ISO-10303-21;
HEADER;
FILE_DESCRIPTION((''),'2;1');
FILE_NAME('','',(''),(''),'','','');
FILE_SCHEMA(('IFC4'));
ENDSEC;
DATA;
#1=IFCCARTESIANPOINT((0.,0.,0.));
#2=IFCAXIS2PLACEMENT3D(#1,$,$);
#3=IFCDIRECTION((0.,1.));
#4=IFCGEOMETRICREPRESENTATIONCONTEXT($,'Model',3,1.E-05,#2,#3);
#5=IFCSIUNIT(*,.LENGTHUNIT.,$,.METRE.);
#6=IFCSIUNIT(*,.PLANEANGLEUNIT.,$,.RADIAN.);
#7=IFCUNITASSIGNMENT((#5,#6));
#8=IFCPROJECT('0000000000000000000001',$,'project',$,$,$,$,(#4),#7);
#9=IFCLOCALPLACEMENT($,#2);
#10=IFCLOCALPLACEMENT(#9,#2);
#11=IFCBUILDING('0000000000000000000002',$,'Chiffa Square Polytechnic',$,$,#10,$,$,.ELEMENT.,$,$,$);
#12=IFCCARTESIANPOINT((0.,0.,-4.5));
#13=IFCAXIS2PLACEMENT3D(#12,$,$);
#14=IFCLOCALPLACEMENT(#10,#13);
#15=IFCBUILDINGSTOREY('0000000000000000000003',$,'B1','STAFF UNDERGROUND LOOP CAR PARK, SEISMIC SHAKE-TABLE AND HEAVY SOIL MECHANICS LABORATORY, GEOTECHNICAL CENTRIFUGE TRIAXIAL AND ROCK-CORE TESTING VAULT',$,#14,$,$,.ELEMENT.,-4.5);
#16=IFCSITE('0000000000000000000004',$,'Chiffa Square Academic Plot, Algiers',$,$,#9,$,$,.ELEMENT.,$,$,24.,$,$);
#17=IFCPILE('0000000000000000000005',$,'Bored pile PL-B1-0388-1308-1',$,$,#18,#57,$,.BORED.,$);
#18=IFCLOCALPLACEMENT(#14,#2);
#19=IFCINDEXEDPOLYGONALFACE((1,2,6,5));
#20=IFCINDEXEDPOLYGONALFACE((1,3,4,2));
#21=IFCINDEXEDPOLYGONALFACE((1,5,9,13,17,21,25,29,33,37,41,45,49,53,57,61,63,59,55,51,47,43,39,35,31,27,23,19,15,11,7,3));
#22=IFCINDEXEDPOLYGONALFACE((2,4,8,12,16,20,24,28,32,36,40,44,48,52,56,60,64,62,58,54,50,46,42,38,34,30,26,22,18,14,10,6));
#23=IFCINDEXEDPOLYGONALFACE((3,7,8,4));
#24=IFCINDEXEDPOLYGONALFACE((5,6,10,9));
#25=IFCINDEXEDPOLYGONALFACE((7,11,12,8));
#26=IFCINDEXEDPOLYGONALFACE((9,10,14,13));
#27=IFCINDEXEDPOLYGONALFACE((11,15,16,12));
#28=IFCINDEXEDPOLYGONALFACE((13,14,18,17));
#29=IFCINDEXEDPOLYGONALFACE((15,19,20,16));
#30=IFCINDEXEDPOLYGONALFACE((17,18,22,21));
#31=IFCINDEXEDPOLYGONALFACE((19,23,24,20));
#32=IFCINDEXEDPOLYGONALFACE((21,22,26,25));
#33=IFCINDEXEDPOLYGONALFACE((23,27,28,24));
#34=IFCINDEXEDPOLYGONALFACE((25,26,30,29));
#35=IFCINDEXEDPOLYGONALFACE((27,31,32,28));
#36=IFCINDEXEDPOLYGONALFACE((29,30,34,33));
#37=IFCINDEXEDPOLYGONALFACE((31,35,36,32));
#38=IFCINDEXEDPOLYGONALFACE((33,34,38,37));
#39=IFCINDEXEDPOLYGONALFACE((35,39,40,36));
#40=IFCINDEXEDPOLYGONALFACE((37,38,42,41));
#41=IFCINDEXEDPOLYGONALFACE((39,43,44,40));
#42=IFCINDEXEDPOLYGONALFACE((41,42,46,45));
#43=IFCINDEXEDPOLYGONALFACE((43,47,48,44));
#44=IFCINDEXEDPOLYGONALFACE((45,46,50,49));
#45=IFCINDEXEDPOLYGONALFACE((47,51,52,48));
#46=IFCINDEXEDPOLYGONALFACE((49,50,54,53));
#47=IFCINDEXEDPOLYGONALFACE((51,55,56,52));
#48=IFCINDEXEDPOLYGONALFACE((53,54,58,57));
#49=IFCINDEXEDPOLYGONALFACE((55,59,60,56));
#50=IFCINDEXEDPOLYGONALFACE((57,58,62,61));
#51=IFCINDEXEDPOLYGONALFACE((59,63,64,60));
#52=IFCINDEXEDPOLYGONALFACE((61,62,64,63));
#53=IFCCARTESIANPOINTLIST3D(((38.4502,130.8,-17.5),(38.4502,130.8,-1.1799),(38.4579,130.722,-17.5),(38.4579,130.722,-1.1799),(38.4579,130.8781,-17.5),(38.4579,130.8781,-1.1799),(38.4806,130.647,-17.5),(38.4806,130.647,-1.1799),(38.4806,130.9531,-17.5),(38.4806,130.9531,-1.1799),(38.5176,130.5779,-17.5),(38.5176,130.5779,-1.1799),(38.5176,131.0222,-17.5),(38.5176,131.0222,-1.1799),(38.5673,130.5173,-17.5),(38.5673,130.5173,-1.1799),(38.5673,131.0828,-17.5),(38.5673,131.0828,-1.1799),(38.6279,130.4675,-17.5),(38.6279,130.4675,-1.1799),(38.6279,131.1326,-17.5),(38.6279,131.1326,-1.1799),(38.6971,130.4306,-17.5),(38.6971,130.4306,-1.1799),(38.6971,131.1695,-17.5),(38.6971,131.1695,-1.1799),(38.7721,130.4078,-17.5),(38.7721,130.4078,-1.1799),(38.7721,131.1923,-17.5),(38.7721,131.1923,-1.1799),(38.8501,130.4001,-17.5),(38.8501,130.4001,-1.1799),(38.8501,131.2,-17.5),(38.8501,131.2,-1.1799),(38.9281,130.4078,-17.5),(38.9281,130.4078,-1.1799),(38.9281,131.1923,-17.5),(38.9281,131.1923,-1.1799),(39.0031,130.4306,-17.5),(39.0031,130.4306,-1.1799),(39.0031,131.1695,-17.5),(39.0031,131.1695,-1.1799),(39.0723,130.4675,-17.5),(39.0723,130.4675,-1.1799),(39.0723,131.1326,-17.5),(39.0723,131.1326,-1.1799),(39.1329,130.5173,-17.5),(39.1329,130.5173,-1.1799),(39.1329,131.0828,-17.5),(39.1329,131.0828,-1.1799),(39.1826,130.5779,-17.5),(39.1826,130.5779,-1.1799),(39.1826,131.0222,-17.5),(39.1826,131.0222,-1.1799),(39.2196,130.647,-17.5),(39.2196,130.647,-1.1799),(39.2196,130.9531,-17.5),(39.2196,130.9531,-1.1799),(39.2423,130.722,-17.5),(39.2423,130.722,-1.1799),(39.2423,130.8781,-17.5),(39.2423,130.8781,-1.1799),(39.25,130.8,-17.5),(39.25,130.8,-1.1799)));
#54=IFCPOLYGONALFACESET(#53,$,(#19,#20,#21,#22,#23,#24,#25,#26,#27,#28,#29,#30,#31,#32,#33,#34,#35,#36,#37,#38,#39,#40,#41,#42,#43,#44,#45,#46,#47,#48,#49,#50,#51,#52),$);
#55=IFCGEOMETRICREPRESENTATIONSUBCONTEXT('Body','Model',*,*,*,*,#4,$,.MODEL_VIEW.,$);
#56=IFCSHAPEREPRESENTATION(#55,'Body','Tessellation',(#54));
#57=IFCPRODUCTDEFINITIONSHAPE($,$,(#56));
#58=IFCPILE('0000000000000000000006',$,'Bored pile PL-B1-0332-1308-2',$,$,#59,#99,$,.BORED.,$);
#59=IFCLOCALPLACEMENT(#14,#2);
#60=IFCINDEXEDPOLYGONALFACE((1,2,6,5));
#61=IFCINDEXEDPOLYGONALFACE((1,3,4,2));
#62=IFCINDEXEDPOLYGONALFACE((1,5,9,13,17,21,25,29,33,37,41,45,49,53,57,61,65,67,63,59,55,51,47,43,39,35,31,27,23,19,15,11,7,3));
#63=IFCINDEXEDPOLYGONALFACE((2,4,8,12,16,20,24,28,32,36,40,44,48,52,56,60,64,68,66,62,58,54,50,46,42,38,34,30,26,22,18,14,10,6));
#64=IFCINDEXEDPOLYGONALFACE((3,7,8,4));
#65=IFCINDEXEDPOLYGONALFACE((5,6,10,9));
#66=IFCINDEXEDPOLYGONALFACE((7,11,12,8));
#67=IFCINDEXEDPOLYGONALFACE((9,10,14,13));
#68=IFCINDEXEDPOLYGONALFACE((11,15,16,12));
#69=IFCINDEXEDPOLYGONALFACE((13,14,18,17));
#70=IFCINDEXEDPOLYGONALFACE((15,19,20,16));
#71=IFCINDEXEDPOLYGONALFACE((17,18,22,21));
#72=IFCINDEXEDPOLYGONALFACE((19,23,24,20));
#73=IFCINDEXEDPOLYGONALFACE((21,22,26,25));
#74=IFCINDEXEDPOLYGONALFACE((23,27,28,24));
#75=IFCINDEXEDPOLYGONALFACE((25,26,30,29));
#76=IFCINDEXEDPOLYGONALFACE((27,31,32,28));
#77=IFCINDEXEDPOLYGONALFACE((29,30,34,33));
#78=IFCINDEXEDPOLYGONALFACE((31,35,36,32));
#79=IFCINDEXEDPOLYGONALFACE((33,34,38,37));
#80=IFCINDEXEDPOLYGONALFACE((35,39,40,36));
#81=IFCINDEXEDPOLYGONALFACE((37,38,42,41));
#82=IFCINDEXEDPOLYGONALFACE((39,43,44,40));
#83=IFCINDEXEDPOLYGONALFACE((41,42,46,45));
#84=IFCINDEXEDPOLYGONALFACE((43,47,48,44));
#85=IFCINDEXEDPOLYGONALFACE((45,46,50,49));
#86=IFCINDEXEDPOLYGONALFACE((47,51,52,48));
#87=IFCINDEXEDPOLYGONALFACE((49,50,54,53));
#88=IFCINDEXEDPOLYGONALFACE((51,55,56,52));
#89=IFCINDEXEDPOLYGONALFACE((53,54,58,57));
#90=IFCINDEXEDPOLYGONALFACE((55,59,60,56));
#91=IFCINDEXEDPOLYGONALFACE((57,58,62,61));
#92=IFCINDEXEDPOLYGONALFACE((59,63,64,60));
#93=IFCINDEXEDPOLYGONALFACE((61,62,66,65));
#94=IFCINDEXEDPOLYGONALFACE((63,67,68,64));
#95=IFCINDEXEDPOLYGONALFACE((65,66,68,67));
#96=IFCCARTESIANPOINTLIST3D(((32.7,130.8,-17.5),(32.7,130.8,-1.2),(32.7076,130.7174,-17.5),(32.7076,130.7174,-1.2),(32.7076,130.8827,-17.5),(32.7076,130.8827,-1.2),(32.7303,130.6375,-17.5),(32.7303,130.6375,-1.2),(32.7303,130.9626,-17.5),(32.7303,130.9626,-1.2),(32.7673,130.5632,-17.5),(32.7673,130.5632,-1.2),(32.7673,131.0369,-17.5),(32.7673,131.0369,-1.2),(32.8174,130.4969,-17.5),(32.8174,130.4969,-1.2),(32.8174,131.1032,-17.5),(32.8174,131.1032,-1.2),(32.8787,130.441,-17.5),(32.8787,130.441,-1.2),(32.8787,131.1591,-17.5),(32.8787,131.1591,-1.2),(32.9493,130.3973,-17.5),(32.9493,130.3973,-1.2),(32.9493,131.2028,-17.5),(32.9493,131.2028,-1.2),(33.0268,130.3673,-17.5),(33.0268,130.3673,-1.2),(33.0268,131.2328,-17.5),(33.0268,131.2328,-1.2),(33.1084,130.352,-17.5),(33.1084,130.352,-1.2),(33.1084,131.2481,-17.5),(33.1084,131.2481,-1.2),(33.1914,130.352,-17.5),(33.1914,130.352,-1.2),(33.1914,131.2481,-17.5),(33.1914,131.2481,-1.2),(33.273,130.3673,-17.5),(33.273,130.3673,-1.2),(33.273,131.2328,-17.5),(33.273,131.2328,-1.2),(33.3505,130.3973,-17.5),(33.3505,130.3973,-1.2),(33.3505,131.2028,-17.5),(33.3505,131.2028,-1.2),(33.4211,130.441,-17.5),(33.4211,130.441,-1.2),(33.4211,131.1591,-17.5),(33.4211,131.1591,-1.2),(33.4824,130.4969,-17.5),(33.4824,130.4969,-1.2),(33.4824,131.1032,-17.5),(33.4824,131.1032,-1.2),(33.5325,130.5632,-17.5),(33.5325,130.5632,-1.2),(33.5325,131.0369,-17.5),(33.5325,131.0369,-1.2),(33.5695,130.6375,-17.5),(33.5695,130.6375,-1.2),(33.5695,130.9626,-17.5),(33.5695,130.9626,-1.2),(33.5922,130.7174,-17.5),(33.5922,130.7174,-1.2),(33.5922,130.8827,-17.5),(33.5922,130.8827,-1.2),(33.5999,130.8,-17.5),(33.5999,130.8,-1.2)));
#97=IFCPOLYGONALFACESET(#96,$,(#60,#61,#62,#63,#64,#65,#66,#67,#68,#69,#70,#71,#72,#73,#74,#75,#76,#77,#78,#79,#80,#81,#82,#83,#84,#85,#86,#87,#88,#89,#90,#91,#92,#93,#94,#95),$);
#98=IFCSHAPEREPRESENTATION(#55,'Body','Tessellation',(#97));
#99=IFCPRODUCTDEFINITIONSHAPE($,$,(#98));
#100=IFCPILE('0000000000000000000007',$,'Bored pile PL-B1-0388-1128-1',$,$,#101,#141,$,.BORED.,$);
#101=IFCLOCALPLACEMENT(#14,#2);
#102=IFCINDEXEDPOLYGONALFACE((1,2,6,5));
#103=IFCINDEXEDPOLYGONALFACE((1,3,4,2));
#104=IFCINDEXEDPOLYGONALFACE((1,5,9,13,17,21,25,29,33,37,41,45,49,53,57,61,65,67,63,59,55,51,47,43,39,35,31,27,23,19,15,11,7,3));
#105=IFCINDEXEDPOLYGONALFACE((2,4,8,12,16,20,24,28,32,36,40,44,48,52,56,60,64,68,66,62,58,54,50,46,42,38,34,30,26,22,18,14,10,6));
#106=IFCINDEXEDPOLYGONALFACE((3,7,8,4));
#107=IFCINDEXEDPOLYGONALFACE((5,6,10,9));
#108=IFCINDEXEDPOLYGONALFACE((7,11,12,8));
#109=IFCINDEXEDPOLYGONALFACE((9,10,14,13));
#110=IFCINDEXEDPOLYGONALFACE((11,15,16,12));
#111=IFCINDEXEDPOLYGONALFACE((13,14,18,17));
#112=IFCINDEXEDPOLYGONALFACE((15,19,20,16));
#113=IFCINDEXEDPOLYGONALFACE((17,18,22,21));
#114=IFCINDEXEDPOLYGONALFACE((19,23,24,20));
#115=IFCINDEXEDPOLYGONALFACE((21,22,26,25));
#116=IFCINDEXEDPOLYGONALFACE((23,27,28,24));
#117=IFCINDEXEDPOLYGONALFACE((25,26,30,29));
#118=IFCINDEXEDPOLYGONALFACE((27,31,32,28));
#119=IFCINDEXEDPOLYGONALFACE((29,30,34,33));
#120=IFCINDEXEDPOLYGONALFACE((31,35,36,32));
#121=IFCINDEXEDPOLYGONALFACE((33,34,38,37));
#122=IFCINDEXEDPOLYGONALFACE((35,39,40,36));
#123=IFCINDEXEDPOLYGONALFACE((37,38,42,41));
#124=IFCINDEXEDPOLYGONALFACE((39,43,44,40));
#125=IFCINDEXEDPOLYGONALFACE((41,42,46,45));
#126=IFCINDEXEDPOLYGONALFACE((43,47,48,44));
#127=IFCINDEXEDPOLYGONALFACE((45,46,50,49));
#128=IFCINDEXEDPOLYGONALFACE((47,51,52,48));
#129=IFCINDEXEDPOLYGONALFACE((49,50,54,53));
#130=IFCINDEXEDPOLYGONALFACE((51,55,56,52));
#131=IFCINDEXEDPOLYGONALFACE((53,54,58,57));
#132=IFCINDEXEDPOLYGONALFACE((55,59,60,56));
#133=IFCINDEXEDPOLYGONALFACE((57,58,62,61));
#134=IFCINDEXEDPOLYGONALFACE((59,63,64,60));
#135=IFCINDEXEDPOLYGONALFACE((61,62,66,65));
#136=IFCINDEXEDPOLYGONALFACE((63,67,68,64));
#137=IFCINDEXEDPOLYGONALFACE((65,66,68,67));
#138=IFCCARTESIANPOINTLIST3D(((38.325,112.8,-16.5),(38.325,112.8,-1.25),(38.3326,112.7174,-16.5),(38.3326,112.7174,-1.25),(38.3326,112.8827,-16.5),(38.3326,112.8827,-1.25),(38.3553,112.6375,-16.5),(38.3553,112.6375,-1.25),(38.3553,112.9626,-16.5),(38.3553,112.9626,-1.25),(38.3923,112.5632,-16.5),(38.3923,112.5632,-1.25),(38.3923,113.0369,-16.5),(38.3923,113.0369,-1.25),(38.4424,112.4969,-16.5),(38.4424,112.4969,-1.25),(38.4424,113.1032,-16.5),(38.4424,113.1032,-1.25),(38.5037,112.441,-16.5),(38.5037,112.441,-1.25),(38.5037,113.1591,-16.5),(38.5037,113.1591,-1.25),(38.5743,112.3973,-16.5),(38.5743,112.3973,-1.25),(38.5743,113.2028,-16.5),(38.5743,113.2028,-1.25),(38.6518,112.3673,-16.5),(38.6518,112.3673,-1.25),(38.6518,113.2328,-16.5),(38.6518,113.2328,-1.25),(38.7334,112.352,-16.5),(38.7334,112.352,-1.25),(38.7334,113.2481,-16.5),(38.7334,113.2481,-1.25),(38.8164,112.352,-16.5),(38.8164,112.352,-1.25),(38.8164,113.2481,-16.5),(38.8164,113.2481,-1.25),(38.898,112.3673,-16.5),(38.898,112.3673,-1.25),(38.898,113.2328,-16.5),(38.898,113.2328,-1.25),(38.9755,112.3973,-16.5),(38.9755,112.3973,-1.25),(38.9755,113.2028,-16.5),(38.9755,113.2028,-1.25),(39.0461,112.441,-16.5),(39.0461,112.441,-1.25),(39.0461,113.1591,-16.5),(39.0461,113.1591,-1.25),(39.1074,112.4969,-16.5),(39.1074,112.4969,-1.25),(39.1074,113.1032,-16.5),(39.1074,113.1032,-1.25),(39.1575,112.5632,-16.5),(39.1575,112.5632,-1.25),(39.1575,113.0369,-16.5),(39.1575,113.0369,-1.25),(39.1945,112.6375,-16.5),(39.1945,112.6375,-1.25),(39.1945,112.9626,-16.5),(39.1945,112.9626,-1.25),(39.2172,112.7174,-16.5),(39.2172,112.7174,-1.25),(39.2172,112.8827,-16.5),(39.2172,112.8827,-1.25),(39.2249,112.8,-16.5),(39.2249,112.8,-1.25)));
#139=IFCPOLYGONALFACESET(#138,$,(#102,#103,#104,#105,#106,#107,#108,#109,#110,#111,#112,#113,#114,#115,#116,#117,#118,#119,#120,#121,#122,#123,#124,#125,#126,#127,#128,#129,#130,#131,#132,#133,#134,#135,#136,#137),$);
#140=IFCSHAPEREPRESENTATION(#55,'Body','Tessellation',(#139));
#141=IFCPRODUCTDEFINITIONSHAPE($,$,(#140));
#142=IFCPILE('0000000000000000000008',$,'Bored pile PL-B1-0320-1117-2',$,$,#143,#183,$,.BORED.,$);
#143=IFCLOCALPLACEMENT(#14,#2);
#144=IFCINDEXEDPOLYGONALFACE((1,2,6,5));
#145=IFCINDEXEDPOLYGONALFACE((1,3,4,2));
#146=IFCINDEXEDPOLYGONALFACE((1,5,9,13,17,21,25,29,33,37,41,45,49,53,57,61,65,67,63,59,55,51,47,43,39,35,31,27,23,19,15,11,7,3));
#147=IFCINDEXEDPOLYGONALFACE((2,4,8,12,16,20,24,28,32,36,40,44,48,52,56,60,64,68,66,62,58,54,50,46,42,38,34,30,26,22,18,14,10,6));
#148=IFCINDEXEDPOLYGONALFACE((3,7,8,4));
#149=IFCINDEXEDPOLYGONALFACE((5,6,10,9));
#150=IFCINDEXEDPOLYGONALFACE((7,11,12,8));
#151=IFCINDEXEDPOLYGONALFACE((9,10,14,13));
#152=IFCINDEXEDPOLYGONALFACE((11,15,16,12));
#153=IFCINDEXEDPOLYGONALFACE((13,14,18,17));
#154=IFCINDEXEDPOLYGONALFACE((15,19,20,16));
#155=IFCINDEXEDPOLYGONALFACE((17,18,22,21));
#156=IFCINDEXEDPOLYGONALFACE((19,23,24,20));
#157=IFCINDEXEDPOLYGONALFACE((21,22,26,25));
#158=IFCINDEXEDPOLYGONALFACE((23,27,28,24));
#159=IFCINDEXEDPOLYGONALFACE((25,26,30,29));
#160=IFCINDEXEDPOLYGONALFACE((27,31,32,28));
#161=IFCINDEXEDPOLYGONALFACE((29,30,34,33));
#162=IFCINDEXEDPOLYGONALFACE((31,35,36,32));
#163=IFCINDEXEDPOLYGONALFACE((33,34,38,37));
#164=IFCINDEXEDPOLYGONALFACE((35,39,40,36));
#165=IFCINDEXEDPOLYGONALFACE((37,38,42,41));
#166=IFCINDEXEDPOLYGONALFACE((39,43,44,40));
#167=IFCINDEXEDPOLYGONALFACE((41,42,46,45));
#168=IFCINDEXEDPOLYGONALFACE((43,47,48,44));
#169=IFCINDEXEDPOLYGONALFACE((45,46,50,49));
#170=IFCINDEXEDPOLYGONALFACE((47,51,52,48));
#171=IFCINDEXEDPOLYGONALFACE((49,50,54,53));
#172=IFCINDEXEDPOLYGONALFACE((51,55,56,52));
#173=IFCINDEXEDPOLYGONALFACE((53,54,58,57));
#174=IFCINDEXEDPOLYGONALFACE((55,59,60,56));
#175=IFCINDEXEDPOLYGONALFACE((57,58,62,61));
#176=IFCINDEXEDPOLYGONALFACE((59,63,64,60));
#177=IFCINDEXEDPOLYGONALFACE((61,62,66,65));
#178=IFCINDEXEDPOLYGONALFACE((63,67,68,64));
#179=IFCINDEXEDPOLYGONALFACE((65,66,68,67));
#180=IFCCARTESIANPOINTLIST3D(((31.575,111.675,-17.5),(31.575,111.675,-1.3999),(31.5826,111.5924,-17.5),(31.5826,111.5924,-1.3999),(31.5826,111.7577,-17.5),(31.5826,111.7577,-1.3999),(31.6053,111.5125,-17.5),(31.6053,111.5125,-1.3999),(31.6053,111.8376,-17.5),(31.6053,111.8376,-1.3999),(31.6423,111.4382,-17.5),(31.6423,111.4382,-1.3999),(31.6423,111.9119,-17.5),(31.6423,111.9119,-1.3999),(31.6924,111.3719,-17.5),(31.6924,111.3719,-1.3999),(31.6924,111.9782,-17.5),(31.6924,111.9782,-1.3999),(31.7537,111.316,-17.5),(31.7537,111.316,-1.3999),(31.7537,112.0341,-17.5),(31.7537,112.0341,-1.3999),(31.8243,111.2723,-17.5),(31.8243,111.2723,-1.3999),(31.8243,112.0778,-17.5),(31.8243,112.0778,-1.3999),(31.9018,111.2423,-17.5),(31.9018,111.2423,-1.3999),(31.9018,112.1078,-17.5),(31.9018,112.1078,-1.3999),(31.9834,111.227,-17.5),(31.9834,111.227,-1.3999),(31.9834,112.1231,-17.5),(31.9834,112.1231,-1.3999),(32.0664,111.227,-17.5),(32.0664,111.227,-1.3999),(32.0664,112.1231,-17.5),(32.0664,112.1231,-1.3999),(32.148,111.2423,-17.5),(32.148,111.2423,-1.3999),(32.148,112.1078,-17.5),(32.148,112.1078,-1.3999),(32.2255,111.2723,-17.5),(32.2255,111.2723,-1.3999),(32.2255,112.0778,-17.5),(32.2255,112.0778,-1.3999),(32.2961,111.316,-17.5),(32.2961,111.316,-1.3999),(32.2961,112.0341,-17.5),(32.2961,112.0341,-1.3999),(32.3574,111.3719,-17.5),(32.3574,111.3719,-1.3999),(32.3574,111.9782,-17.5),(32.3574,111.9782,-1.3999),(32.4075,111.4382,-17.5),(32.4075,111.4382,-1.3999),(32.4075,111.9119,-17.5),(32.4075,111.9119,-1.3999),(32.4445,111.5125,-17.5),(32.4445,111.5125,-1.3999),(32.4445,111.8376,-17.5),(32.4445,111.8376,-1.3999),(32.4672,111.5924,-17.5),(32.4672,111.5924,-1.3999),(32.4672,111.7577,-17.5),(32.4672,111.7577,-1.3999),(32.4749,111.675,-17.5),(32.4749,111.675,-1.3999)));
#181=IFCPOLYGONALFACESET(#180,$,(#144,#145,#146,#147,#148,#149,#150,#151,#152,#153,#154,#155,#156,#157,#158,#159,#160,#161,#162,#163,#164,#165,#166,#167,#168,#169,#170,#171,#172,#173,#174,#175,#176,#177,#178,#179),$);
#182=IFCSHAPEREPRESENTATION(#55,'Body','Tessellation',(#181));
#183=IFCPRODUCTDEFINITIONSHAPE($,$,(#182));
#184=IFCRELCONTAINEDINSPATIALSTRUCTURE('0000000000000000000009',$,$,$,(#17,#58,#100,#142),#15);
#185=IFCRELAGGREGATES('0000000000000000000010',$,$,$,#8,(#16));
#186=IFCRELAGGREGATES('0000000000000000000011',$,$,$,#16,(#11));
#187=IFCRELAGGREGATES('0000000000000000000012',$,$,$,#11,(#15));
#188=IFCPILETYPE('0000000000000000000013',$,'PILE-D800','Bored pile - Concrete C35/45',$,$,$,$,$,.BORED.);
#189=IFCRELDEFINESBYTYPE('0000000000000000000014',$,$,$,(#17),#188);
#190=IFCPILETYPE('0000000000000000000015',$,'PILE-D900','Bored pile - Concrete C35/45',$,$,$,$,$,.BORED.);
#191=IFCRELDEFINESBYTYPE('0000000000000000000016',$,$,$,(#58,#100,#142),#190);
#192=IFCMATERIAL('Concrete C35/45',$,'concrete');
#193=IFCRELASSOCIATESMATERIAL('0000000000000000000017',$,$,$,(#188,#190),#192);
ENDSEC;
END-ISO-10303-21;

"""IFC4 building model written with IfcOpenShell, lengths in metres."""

from ifc_helpers import new_model, si_unit, direction, frame, origin, origin_2d, place, context, subcontext, project, spatial, circle, extrude, material, material_profile, profile_set, type_object, element, save


model = new_model("IFC4")

# Units and contexts
model_context = context("Model", 3, precision=1e-05, world=origin(), true_north=direction((0.0, 1.0)))
body_context = subcontext(model_context, "Body", "Model", "MODEL_VIEW")
ifc_project = project(units=[si_unit("LENGTHUNIT", "METRE"), si_unit("PLANEANGLEUNIT", "RADIAN")], contexts=[model_context])

# Site, building, storey
site_placement = place(None, origin())
site = spatial("IfcSite", under=ifc_project, at=site_placement, Name="Chiffa Square Academic Plot, Algiers", CompositionType="ELEMENT", RefElevation=24.0)
building_placement = place(site_placement, origin())
building = spatial("IfcBuilding", under=site, at=building_placement, Name="Chiffa Square Polytechnic", CompositionType="ELEMENT")
storey_placement = place(building_placement, frame((0.0, 0.0, -4.5)))
storey = spatial("IfcBuildingStorey", under=building, at=storey_placement, Name="B1", Description="STAFF UNDERGROUND LOOP CAR PARK, SEISMIC SHAKE-TABLE AND HEAVY SOIL MECHANICS LABORATORY, GEOTECHNICAL CENTRIFUGE TRIAXIAL AND ROCK-CORE TESTING VAULT", CompositionType="ELEMENT", Elevation=-4.5)

# Shared definitions
ifc_material_1 = material(Name="Concrete C35/45", Category="concrete")

# Piles
ifc_material_profile_1 = material_profile(ifc_material_1, circle(Radius=0.3999, at=origin_2d()), Name="PILE D800")
ifc_profile_set_1 = profile_set([ifc_material_profile_1], Name="Concrete C35/45")
pile_type_1 = type_object("IfcPileType", Name="PILE-D800", Description="Bored pile - Concrete C35/45", PredefinedType="BORED", material=ifc_profile_set_1)
pile_1_placement = place(storey_placement, frame((38.8501, 130.8, -1.1799), z_axis=(0.0, 0.0, -1.0), x_axis=(1.0, 0.0, 0.0)))
element("IfcPile", 1, at=pile_1_placement, inside=storey, type_object=pile_type_1, Name="Bored pile PL-B1-0388-1308-1", PredefinedType="BORED", context=body_context, shape_type="SweptSolid", body=[
    extrude(circle(Radius=0.3999, at=origin_2d()), origin(), (0.0, 0.0, 1.0), 16.3201),
])
ifc_material_profile_2 = material_profile(ifc_material_1, circle(Radius=0.45, at=origin_2d()), Name="PILE D900")
ifc_profile_set_2 = profile_set([ifc_material_profile_2], Name="Concrete C35/45")
pile_type_2 = type_object("IfcPileType", Name="PILE-D900", Description="Bored pile - Concrete C35/45", PredefinedType="BORED", material=ifc_profile_set_2)
pile_2_placement = place(storey_placement, frame((33.1499, 130.8, -1.2), z_axis=(0.0, 0.0, -1.0), x_axis=(1.0, 0.0, 0.0)))
element("IfcPile", 2, at=pile_2_placement, inside=storey, type_object=pile_type_2, Name="Bored pile PL-B1-0332-1308-2", PredefinedType="BORED", context=body_context, shape_type="SweptSolid", body=[
    extrude(circle(Radius=0.45, at=origin_2d()), origin(), (0.0, 0.0, 1.0), 16.3),
])
pile_3_placement = place(storey_placement, frame((38.7749, 112.8, -1.25), z_axis=(0.0, 0.0, -1.0), x_axis=(1.0, 0.0, 0.0)))
element("IfcPile", 3, at=pile_3_placement, inside=storey, type_object=pile_type_2, Name="Bored pile PL-B1-0388-1128-1", PredefinedType="BORED", context=body_context, shape_type="SweptSolid", body=[
    extrude(circle(Radius=0.45, at=origin_2d()), origin(), (0.0, 0.0, 1.0), 15.25),
])
for number, where, z_axis, x_axis, name in (
    (4, (32.0249, 111.675, -1.3999), (0.0, 0.0, -1.0), (1.0, 0.0, 0.0), "Bored pile PL-B1-0320-1117-2"),
):
    element("IfcPile", number, at=place(storey_placement, frame(where, z_axis=z_axis, x_axis=x_axis)), inside=storey, type_object=pile_type_2, Name=name, PredefinedType="BORED", context=body_context, shape_type="SweptSolid", body=[
        extrude(circle(Radius=0.45, at=origin_2d()), origin(), (0.0, 0.0, 1.0), 16.1001),
    ])

save(model, "model.ifc")
